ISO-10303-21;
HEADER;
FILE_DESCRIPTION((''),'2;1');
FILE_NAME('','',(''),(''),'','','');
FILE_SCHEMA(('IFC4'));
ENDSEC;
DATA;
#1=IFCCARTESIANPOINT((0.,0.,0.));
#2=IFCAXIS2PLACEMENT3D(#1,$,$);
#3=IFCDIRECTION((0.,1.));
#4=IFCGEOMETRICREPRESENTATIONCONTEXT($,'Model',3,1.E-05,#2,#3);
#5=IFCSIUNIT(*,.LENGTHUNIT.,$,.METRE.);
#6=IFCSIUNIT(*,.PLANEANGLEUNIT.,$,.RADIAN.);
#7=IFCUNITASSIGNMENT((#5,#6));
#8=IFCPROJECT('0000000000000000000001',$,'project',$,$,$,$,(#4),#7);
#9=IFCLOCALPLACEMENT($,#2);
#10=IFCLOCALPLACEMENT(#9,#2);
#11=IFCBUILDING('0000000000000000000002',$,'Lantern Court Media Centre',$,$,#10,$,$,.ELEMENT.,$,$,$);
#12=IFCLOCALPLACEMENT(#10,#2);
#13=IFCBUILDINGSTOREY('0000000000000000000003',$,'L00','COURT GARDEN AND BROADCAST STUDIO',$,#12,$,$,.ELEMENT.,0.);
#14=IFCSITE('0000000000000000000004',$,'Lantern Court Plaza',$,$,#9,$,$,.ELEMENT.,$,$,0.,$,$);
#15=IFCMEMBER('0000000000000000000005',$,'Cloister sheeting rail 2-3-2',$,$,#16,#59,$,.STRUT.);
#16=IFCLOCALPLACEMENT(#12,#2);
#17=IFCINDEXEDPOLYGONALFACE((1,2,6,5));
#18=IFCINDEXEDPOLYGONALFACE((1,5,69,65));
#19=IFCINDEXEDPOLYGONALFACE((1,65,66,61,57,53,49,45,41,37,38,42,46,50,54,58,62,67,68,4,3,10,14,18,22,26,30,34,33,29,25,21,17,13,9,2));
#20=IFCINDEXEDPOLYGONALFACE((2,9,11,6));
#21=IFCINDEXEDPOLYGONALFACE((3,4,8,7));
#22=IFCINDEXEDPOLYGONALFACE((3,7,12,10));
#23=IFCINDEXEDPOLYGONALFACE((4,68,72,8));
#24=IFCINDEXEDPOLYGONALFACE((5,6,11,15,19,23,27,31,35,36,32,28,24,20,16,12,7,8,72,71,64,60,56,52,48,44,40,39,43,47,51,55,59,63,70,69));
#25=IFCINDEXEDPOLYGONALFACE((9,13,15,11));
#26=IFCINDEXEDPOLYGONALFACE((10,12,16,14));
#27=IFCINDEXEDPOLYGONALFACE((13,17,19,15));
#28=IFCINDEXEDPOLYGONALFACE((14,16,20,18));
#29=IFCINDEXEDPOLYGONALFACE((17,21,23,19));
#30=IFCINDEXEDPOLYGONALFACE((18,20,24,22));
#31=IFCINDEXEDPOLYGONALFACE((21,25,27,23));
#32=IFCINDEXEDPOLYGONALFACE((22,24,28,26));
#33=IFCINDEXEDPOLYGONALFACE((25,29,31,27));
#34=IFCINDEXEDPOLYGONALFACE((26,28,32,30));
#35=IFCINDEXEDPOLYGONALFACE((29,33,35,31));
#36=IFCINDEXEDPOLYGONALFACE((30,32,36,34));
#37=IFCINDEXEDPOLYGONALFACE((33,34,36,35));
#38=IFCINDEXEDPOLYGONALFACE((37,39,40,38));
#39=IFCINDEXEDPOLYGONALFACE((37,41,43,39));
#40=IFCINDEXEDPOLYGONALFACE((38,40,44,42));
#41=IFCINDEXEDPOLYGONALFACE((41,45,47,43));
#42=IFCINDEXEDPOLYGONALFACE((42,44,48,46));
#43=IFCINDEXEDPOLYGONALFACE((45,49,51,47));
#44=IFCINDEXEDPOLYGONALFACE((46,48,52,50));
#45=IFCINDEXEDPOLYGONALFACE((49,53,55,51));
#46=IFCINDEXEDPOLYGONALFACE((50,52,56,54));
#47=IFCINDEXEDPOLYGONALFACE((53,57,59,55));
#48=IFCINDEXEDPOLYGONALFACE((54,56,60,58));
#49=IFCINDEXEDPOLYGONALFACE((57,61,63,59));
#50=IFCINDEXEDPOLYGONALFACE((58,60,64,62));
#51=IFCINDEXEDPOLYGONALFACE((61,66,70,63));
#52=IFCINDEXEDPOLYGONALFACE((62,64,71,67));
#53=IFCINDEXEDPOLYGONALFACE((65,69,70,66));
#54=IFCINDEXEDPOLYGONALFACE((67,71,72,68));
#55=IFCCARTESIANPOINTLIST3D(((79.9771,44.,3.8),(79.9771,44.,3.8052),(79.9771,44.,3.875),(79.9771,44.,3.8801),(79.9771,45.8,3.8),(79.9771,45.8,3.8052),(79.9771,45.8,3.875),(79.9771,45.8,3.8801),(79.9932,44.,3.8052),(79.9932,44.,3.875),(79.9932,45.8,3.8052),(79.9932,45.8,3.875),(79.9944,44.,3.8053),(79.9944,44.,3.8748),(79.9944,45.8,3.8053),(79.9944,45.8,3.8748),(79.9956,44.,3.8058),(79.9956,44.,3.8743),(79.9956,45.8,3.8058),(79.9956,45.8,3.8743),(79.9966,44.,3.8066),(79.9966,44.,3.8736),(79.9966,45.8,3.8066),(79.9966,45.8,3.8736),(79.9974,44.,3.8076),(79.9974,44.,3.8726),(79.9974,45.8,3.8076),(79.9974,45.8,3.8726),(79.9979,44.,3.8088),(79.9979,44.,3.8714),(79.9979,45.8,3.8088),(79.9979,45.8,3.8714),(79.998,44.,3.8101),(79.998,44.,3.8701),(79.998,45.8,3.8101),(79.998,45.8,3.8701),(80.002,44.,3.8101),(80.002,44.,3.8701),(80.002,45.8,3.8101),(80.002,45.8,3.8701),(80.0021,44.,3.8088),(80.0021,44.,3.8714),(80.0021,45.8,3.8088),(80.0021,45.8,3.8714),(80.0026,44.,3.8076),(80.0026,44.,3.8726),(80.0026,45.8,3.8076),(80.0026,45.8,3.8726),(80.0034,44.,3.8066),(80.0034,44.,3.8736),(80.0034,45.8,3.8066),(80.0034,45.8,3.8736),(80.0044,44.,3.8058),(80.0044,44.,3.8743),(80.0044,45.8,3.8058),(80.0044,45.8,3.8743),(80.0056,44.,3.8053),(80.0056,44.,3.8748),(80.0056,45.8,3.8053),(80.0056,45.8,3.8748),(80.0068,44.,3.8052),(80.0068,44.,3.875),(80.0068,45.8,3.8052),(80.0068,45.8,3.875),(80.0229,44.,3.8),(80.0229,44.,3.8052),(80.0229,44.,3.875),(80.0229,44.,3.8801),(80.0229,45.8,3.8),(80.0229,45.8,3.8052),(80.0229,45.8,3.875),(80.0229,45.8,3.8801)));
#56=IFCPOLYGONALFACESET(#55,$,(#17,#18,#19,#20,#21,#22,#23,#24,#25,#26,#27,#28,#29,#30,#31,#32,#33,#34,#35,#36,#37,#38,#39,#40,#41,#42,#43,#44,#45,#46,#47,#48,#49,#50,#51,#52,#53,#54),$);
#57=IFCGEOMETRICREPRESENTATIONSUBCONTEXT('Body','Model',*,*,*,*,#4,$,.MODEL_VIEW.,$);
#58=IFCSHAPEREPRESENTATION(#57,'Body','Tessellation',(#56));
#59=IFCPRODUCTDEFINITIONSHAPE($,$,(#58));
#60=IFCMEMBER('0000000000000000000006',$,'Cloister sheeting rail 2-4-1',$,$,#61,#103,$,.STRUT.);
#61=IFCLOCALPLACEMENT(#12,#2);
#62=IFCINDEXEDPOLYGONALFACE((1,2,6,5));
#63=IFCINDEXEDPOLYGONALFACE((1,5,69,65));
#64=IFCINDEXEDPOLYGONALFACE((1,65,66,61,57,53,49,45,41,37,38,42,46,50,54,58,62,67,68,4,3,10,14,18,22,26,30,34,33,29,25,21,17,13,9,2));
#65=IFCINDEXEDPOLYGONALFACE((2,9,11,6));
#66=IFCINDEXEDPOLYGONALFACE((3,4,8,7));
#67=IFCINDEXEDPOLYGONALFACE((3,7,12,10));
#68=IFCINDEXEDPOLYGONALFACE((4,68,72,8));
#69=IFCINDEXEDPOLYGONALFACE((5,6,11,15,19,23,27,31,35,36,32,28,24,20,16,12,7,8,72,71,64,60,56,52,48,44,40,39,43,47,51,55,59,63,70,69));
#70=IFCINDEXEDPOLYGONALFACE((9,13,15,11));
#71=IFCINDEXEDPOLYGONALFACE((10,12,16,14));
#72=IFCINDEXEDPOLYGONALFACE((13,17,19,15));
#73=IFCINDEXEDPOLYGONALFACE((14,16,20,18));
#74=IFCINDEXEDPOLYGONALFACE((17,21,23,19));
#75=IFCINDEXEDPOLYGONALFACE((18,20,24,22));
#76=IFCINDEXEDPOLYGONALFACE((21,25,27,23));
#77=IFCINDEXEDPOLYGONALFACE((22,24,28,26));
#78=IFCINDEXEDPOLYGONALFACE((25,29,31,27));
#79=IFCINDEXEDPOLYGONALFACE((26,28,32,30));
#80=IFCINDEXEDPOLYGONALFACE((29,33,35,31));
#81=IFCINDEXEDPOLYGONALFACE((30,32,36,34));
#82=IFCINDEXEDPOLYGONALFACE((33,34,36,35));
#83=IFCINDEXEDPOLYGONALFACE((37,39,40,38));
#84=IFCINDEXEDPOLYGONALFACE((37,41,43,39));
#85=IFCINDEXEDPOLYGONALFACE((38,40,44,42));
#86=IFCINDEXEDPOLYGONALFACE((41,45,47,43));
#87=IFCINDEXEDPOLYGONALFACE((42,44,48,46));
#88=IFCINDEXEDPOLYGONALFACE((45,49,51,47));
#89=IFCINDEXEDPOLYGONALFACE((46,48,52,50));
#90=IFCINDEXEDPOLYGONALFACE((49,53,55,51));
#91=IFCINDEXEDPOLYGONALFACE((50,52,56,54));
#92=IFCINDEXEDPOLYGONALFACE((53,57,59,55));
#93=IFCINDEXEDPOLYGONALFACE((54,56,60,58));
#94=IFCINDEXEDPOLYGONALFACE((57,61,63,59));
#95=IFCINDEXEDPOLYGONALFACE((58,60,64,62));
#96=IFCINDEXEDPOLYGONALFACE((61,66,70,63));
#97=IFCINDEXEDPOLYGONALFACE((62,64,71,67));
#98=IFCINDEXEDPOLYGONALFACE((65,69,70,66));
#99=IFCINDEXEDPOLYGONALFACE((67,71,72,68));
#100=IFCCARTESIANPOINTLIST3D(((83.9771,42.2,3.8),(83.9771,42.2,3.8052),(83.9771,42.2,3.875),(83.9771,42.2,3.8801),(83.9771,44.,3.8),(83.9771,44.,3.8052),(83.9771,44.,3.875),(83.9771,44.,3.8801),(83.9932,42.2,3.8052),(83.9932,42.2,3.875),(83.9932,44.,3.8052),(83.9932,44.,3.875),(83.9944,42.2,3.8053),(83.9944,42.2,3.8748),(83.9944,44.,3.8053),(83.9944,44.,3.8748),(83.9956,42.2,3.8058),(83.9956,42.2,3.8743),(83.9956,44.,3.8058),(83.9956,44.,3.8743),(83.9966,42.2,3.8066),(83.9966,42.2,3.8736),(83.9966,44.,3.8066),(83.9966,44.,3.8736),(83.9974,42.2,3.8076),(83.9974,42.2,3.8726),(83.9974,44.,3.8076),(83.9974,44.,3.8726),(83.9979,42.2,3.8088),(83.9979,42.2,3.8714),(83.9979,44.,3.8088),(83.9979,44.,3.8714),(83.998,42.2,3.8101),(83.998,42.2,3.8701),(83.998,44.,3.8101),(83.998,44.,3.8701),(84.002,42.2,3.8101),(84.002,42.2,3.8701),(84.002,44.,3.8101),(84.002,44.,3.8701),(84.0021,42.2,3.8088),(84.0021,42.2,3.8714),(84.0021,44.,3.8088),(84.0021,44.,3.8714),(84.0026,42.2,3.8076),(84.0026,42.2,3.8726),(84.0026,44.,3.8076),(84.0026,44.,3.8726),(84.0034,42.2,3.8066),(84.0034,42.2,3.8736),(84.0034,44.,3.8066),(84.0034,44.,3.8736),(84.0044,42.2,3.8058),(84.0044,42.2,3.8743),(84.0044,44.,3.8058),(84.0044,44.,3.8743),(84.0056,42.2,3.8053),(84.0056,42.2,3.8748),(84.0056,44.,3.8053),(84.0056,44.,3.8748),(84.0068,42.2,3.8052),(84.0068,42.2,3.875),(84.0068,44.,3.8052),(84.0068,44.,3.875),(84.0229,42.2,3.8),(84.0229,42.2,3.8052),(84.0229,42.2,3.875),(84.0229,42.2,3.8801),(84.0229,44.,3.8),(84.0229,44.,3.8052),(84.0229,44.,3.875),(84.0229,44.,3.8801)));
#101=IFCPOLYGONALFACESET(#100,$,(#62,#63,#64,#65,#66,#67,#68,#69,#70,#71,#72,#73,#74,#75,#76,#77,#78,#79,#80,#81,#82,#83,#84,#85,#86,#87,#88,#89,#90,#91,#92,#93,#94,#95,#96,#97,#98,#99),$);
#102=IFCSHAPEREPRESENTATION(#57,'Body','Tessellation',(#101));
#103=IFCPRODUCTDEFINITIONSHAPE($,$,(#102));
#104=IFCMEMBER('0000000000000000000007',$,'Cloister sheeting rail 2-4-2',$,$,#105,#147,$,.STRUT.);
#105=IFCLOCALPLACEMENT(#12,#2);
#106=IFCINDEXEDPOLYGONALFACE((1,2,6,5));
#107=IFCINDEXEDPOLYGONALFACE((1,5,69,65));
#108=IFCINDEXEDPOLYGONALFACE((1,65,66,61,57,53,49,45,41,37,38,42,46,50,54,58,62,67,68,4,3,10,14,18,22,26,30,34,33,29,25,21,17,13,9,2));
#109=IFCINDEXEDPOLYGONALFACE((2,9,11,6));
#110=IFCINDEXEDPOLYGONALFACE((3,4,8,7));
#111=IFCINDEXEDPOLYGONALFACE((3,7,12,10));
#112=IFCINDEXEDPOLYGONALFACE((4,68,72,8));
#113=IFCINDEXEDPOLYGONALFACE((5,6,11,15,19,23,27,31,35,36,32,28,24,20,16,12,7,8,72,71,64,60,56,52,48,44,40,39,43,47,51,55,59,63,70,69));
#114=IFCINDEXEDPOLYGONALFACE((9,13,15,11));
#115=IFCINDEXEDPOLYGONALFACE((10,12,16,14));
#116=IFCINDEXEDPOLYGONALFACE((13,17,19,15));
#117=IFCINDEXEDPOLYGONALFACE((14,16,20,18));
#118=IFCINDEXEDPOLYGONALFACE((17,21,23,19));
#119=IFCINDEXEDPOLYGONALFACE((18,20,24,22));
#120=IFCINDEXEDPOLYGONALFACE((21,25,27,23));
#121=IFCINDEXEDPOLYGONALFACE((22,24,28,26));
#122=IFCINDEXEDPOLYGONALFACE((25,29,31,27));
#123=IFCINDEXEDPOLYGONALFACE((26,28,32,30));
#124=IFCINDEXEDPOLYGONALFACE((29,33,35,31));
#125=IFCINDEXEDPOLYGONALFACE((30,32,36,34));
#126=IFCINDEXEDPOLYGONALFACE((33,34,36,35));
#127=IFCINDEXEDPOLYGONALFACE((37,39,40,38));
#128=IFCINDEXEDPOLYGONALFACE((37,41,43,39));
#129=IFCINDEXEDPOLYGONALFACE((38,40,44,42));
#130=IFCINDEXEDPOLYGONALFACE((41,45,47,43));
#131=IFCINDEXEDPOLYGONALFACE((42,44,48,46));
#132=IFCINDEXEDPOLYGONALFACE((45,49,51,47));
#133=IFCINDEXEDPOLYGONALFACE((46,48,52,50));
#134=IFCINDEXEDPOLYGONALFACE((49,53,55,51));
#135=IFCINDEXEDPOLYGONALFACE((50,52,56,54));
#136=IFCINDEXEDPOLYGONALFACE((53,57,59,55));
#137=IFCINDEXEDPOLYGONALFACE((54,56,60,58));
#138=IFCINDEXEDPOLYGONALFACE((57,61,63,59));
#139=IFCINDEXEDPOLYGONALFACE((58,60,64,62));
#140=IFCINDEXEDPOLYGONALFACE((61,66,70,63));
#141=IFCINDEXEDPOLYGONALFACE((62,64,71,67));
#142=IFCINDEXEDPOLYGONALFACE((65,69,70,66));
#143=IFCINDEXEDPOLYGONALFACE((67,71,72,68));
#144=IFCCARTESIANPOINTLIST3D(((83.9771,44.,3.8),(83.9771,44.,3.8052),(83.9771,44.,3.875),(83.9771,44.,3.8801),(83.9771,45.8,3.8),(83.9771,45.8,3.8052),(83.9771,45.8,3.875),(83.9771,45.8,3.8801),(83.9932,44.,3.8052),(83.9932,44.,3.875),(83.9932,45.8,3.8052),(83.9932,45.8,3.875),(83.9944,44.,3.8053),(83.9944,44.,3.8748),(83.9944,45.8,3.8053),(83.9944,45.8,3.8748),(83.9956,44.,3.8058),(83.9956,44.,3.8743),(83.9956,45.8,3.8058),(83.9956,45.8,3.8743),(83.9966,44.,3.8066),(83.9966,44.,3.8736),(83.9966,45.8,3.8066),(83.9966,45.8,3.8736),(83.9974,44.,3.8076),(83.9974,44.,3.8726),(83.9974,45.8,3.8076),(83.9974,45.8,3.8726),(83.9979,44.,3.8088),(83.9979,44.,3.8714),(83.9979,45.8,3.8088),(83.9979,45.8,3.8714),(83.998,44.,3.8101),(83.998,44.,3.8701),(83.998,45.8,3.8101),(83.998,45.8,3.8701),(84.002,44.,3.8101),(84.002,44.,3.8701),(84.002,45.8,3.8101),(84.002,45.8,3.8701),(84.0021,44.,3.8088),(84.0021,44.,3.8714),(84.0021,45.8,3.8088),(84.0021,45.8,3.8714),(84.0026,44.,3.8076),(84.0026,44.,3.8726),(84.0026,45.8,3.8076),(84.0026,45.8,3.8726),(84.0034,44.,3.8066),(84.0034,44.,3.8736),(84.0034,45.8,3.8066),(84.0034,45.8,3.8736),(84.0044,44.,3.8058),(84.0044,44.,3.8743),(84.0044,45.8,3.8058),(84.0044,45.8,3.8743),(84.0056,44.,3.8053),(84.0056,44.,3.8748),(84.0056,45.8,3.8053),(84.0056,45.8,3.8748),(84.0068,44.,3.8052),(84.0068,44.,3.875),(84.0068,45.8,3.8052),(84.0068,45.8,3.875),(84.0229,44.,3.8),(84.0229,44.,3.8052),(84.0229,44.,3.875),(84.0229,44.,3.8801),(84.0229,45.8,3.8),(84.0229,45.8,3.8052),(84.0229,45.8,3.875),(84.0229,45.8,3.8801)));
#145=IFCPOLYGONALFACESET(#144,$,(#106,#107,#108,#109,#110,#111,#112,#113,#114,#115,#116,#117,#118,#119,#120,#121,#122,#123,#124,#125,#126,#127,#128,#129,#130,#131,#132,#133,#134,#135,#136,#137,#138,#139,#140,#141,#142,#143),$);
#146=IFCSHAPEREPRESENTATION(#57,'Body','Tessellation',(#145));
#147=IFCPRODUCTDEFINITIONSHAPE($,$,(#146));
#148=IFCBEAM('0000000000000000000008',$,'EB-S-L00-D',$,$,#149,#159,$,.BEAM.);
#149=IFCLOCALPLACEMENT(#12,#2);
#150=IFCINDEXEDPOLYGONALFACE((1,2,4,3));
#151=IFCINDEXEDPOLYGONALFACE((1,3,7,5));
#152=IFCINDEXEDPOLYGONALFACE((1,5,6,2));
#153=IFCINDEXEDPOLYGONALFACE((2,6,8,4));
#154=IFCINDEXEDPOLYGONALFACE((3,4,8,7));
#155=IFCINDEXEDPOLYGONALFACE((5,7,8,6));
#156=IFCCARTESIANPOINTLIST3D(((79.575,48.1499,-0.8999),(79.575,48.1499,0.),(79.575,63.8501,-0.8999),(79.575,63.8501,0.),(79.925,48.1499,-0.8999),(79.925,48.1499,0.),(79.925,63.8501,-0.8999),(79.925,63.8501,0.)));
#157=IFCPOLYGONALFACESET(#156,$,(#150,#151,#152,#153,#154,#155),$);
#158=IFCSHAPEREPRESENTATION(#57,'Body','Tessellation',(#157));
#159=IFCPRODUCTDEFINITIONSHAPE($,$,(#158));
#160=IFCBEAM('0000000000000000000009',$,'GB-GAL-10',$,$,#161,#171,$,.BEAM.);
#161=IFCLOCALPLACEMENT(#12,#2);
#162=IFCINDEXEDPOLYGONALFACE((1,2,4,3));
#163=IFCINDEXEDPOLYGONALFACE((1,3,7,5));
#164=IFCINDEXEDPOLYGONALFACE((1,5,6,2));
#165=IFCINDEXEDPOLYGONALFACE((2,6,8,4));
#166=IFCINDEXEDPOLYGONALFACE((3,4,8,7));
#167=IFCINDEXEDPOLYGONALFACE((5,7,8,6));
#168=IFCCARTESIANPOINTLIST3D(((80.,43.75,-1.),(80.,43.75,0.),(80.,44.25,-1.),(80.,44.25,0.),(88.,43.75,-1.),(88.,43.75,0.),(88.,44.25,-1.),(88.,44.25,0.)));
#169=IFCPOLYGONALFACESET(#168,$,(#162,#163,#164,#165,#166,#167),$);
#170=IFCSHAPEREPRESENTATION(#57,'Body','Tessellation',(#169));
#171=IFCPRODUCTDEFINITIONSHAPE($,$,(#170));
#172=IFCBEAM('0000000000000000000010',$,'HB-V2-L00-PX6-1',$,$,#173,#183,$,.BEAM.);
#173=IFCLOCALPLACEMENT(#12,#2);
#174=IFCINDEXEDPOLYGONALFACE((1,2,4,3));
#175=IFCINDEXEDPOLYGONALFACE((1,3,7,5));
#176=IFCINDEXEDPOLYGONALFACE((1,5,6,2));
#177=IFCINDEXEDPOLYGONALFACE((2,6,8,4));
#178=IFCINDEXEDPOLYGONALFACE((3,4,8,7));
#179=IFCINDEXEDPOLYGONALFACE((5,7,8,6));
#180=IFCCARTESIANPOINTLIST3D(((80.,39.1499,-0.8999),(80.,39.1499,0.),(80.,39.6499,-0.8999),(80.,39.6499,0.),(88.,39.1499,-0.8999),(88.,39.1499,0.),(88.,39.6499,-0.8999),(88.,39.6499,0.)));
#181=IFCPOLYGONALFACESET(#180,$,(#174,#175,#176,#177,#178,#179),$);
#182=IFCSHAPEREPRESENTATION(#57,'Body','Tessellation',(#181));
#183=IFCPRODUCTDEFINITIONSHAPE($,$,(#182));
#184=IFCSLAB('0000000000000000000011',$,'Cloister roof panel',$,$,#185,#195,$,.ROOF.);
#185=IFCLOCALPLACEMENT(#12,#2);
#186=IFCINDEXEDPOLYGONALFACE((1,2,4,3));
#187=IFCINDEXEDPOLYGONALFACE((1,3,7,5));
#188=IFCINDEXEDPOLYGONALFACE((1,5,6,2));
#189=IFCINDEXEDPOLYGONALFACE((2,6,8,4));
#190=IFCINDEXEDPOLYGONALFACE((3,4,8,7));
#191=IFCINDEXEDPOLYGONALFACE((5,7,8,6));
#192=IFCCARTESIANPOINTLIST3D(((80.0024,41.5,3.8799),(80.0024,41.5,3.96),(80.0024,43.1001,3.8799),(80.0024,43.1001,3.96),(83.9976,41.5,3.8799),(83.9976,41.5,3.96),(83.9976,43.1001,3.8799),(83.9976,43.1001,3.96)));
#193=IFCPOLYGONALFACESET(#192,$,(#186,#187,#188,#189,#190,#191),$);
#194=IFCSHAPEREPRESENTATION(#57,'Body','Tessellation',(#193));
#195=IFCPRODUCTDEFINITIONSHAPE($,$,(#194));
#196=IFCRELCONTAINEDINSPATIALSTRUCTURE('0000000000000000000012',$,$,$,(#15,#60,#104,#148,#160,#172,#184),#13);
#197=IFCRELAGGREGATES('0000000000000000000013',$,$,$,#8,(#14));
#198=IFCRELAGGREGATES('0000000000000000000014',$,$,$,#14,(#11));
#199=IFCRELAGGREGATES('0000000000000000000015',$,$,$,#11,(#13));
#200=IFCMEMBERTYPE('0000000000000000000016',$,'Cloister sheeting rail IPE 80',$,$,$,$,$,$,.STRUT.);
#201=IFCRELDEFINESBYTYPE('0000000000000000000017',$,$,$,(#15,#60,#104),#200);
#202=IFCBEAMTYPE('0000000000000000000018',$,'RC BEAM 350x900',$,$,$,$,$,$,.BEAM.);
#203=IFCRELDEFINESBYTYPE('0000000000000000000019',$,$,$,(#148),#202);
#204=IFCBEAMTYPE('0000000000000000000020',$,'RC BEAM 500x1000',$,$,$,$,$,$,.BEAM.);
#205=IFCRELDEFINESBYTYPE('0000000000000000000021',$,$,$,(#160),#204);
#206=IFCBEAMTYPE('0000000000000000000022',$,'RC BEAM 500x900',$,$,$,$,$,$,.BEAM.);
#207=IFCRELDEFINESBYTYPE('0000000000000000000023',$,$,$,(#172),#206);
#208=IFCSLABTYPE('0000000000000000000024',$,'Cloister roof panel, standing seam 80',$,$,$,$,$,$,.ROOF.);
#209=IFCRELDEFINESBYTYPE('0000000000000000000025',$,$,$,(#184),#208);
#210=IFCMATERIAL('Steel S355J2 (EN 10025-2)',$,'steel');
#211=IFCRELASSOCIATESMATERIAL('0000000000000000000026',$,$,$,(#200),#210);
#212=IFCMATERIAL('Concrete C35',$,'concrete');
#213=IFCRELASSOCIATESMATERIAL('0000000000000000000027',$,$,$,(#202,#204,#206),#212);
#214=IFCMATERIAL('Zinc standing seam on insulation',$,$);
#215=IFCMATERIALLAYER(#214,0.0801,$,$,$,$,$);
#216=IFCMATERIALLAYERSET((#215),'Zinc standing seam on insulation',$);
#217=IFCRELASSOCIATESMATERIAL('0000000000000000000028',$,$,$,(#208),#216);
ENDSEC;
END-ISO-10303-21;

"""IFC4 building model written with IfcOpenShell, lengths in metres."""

from ifc_helpers import new_model, si_unit, direction, frame, origin, origin_2d, place, context, subcontext, project, spatial, polyline, rectangle, i_section, outline, extrude, material, layer, layer_set, material_profile, profile_set, type_object, element, save


model = new_model("IFC4")

# Units and contexts
model_context = context("Model", 3, precision=1e-05, world=origin(), true_north=direction((0.0, 1.0)))
body_context = subcontext(model_context, "Body", "Model", "MODEL_VIEW")
ifc_project = project(units=[si_unit("LENGTHUNIT", "METRE"), si_unit("PLANEANGLEUNIT", "RADIAN")], contexts=[model_context])

# Site, building, storey
site_placement = place(None, origin())
site = spatial("IfcSite", under=ifc_project, at=site_placement, Name="Lantern Court Plaza", CompositionType="ELEMENT", RefElevation=0.0)
building_placement = place(site_placement, origin())
building = spatial("IfcBuilding", under=site, at=building_placement, Name="Lantern Court Media Centre", CompositionType="ELEMENT")
storey_placement = place(building_placement, origin())
storey = spatial("IfcBuildingStorey", under=building, at=storey_placement, Name="L00", Description="COURT GARDEN AND BROADCAST STUDIO", CompositionType="ELEMENT", Elevation=0.0)

# Shared definitions
ifc_material_1 = material(Name="Steel S355J2 (EN 10025-2)", Category="steel")

# Members
ifc_material_profile_1 = material_profile(ifc_material_1, i_section(OverallWidth=0.0459, OverallDepth=0.0801, WebThickness=0.0039, FlangeThickness=0.0051, FilletRadius=0.0049, at=origin_2d()), Name="IPE 80")
ifc_profile_set_1 = profile_set([ifc_material_profile_1], Name="Steel S355J2 (EN 10025-2)")
member_type_1 = type_object("IfcMemberType", Name="Cloister sheeting rail IPE 80", PredefinedType="STRUT", material=ifc_profile_set_1)
for number, where, z_axis, x_axis, name in (
    (1, (80.0, 44.0, 3.8401), (0.0, 1.0, 0.0), (-1.0, 0.0, 0.0), "Cloister sheeting rail 2-3-2"),
    (2, (84.0, 42.2, 3.8401), (0.0, 1.0, 0.0), (-1.0, 0.0, 0.0), "Cloister sheeting rail 2-4-1"),
    (3, (84.0, 44.0, 3.8401), (0.0, 1.0, 0.0), (-1.0, 0.0, 0.0), "Cloister sheeting rail 2-4-2"),
):
    element("IfcMember", number, at=place(storey_placement, frame(where, z_axis=z_axis, x_axis=x_axis)), inside=storey, type_object=member_type_1, Name=name, PredefinedType="STRUT", context=body_context, shape_type="SweptSolid", body=[
        extrude(i_section(OverallWidth=0.0459, OverallDepth=0.0801, WebThickness=0.0039, FlangeThickness=0.0051, FilletRadius=0.0049, at=origin_2d()), origin(), (0.0, 0.0, 1.0), 1.8),
    ])

# Beams
ifc_material_2 = material(Name="Concrete C35", Category="concrete")
ifc_material_profile_2 = material_profile(ifc_material_2, rectangle(XDim=0.3501, YDim=0.8999, at=origin_2d()), Name="RC 350x900")
ifc_profile_set_2 = profile_set([ifc_material_profile_2], Name="Concrete C35")
beam_type_1 = type_object("IfcBeamType", Name="RC BEAM 350x900", PredefinedType="BEAM", material=ifc_profile_set_2)
beam_1_placement = place(storey_placement, frame((79.75, 48.1499, -0.45), z_axis=(0.0, 1.0, 0.0), x_axis=(-1.0, 0.0, 0.0)))
element("IfcBeam", 4, at=beam_1_placement, inside=storey, type_object=beam_type_1, Name="EB-S-L00-D", PredefinedType="BEAM", context=body_context, shape_type="SweptSolid", body=[
    extrude(rectangle(XDim=0.3501, YDim=0.8999, at=origin_2d()), origin(), (0.0, 0.0, 1.0), 15.7002),
])
ifc_material_profile_3 = material_profile(ifc_material_2, rectangle(XDim=0.5, YDim=1.0, at=origin_2d()), Name="RC 500x1000")
ifc_profile_set_3 = profile_set([ifc_material_profile_3], Name="Concrete C35")
beam_type_2 = type_object("IfcBeamType", Name="RC BEAM 500x1000", PredefinedType="BEAM", material=ifc_profile_set_3)
beam_2_placement = place(storey_placement, frame((80.0, 44.0, -0.5), z_axis=(1.0, 0.0, 0.0), x_axis=(0.0, 1.0, 0.0)))
element("IfcBeam", 5, at=beam_2_placement, inside=storey, type_object=beam_type_2, Name="GB-GAL-10", PredefinedType="BEAM", context=body_context, shape_type="SweptSolid", body=[
    extrude(rectangle(XDim=0.5, YDim=1.0, at=origin_2d()), origin(), (0.0, 0.0, 1.0), 8.0),
])
ifc_material_profile_4 = material_profile(ifc_material_2, rectangle(XDim=0.5, YDim=0.8999, at=origin_2d()), Name="RC 500x900")
ifc_profile_set_4 = profile_set([ifc_material_profile_4], Name="Concrete C35")
beam_type_3 = type_object("IfcBeamType", Name="RC BEAM 500x900", PredefinedType="BEAM", material=ifc_profile_set_4)
beam_3_placement = place(storey_placement, frame((80.0, 39.3999, -0.45), z_axis=(1.0, 0.0, 0.0), x_axis=(0.0, 1.0, 0.0)))
element("IfcBeam", 6, at=beam_3_placement, inside=storey, type_object=beam_type_3, Name="HB-V2-L00-PX6-1", PredefinedType="BEAM", context=body_context, shape_type="SweptSolid", body=[
    extrude(rectangle(XDim=0.5, YDim=0.8999, at=origin_2d()), origin(), (0.0, 0.0, 1.0), 8.0),
])

# Slab
ifc_material_3 = material(Name="Zinc standing seam on insulation")
ifc_layer_1 = layer(ifc_material_3, 0.0801)
ifc_layer_set_1 = layer_set([ifc_layer_1], Name="Zinc standing seam on insulation")
slab_type = type_object("IfcSlabType", Name="Cloister roof panel, standing seam 80", PredefinedType="ROOF", material=ifc_layer_set_1)
slab_1_placement = place(storey_placement, frame((80.0024, 41.5, 3.96), z_axis=(0.0, 0.0, 1.0), x_axis=(1.0, 0.0, 0.0)))
element("IfcSlab", 7, at=slab_1_placement, inside=storey, type_object=slab_type, Name="Cloister roof panel", PredefinedType="ROOF", context=body_context, shape_type="SweptSolid", body=[
    extrude(outline(polyline([(0.0, 0.0), (3.9951, 0.0), (3.9951, 1.6001), (0.0, 1.6001), (0.0, 0.0)])), origin(), (0.0, 0.0, -1.0), 0.0801),
])

save(model, "model.ifc")
